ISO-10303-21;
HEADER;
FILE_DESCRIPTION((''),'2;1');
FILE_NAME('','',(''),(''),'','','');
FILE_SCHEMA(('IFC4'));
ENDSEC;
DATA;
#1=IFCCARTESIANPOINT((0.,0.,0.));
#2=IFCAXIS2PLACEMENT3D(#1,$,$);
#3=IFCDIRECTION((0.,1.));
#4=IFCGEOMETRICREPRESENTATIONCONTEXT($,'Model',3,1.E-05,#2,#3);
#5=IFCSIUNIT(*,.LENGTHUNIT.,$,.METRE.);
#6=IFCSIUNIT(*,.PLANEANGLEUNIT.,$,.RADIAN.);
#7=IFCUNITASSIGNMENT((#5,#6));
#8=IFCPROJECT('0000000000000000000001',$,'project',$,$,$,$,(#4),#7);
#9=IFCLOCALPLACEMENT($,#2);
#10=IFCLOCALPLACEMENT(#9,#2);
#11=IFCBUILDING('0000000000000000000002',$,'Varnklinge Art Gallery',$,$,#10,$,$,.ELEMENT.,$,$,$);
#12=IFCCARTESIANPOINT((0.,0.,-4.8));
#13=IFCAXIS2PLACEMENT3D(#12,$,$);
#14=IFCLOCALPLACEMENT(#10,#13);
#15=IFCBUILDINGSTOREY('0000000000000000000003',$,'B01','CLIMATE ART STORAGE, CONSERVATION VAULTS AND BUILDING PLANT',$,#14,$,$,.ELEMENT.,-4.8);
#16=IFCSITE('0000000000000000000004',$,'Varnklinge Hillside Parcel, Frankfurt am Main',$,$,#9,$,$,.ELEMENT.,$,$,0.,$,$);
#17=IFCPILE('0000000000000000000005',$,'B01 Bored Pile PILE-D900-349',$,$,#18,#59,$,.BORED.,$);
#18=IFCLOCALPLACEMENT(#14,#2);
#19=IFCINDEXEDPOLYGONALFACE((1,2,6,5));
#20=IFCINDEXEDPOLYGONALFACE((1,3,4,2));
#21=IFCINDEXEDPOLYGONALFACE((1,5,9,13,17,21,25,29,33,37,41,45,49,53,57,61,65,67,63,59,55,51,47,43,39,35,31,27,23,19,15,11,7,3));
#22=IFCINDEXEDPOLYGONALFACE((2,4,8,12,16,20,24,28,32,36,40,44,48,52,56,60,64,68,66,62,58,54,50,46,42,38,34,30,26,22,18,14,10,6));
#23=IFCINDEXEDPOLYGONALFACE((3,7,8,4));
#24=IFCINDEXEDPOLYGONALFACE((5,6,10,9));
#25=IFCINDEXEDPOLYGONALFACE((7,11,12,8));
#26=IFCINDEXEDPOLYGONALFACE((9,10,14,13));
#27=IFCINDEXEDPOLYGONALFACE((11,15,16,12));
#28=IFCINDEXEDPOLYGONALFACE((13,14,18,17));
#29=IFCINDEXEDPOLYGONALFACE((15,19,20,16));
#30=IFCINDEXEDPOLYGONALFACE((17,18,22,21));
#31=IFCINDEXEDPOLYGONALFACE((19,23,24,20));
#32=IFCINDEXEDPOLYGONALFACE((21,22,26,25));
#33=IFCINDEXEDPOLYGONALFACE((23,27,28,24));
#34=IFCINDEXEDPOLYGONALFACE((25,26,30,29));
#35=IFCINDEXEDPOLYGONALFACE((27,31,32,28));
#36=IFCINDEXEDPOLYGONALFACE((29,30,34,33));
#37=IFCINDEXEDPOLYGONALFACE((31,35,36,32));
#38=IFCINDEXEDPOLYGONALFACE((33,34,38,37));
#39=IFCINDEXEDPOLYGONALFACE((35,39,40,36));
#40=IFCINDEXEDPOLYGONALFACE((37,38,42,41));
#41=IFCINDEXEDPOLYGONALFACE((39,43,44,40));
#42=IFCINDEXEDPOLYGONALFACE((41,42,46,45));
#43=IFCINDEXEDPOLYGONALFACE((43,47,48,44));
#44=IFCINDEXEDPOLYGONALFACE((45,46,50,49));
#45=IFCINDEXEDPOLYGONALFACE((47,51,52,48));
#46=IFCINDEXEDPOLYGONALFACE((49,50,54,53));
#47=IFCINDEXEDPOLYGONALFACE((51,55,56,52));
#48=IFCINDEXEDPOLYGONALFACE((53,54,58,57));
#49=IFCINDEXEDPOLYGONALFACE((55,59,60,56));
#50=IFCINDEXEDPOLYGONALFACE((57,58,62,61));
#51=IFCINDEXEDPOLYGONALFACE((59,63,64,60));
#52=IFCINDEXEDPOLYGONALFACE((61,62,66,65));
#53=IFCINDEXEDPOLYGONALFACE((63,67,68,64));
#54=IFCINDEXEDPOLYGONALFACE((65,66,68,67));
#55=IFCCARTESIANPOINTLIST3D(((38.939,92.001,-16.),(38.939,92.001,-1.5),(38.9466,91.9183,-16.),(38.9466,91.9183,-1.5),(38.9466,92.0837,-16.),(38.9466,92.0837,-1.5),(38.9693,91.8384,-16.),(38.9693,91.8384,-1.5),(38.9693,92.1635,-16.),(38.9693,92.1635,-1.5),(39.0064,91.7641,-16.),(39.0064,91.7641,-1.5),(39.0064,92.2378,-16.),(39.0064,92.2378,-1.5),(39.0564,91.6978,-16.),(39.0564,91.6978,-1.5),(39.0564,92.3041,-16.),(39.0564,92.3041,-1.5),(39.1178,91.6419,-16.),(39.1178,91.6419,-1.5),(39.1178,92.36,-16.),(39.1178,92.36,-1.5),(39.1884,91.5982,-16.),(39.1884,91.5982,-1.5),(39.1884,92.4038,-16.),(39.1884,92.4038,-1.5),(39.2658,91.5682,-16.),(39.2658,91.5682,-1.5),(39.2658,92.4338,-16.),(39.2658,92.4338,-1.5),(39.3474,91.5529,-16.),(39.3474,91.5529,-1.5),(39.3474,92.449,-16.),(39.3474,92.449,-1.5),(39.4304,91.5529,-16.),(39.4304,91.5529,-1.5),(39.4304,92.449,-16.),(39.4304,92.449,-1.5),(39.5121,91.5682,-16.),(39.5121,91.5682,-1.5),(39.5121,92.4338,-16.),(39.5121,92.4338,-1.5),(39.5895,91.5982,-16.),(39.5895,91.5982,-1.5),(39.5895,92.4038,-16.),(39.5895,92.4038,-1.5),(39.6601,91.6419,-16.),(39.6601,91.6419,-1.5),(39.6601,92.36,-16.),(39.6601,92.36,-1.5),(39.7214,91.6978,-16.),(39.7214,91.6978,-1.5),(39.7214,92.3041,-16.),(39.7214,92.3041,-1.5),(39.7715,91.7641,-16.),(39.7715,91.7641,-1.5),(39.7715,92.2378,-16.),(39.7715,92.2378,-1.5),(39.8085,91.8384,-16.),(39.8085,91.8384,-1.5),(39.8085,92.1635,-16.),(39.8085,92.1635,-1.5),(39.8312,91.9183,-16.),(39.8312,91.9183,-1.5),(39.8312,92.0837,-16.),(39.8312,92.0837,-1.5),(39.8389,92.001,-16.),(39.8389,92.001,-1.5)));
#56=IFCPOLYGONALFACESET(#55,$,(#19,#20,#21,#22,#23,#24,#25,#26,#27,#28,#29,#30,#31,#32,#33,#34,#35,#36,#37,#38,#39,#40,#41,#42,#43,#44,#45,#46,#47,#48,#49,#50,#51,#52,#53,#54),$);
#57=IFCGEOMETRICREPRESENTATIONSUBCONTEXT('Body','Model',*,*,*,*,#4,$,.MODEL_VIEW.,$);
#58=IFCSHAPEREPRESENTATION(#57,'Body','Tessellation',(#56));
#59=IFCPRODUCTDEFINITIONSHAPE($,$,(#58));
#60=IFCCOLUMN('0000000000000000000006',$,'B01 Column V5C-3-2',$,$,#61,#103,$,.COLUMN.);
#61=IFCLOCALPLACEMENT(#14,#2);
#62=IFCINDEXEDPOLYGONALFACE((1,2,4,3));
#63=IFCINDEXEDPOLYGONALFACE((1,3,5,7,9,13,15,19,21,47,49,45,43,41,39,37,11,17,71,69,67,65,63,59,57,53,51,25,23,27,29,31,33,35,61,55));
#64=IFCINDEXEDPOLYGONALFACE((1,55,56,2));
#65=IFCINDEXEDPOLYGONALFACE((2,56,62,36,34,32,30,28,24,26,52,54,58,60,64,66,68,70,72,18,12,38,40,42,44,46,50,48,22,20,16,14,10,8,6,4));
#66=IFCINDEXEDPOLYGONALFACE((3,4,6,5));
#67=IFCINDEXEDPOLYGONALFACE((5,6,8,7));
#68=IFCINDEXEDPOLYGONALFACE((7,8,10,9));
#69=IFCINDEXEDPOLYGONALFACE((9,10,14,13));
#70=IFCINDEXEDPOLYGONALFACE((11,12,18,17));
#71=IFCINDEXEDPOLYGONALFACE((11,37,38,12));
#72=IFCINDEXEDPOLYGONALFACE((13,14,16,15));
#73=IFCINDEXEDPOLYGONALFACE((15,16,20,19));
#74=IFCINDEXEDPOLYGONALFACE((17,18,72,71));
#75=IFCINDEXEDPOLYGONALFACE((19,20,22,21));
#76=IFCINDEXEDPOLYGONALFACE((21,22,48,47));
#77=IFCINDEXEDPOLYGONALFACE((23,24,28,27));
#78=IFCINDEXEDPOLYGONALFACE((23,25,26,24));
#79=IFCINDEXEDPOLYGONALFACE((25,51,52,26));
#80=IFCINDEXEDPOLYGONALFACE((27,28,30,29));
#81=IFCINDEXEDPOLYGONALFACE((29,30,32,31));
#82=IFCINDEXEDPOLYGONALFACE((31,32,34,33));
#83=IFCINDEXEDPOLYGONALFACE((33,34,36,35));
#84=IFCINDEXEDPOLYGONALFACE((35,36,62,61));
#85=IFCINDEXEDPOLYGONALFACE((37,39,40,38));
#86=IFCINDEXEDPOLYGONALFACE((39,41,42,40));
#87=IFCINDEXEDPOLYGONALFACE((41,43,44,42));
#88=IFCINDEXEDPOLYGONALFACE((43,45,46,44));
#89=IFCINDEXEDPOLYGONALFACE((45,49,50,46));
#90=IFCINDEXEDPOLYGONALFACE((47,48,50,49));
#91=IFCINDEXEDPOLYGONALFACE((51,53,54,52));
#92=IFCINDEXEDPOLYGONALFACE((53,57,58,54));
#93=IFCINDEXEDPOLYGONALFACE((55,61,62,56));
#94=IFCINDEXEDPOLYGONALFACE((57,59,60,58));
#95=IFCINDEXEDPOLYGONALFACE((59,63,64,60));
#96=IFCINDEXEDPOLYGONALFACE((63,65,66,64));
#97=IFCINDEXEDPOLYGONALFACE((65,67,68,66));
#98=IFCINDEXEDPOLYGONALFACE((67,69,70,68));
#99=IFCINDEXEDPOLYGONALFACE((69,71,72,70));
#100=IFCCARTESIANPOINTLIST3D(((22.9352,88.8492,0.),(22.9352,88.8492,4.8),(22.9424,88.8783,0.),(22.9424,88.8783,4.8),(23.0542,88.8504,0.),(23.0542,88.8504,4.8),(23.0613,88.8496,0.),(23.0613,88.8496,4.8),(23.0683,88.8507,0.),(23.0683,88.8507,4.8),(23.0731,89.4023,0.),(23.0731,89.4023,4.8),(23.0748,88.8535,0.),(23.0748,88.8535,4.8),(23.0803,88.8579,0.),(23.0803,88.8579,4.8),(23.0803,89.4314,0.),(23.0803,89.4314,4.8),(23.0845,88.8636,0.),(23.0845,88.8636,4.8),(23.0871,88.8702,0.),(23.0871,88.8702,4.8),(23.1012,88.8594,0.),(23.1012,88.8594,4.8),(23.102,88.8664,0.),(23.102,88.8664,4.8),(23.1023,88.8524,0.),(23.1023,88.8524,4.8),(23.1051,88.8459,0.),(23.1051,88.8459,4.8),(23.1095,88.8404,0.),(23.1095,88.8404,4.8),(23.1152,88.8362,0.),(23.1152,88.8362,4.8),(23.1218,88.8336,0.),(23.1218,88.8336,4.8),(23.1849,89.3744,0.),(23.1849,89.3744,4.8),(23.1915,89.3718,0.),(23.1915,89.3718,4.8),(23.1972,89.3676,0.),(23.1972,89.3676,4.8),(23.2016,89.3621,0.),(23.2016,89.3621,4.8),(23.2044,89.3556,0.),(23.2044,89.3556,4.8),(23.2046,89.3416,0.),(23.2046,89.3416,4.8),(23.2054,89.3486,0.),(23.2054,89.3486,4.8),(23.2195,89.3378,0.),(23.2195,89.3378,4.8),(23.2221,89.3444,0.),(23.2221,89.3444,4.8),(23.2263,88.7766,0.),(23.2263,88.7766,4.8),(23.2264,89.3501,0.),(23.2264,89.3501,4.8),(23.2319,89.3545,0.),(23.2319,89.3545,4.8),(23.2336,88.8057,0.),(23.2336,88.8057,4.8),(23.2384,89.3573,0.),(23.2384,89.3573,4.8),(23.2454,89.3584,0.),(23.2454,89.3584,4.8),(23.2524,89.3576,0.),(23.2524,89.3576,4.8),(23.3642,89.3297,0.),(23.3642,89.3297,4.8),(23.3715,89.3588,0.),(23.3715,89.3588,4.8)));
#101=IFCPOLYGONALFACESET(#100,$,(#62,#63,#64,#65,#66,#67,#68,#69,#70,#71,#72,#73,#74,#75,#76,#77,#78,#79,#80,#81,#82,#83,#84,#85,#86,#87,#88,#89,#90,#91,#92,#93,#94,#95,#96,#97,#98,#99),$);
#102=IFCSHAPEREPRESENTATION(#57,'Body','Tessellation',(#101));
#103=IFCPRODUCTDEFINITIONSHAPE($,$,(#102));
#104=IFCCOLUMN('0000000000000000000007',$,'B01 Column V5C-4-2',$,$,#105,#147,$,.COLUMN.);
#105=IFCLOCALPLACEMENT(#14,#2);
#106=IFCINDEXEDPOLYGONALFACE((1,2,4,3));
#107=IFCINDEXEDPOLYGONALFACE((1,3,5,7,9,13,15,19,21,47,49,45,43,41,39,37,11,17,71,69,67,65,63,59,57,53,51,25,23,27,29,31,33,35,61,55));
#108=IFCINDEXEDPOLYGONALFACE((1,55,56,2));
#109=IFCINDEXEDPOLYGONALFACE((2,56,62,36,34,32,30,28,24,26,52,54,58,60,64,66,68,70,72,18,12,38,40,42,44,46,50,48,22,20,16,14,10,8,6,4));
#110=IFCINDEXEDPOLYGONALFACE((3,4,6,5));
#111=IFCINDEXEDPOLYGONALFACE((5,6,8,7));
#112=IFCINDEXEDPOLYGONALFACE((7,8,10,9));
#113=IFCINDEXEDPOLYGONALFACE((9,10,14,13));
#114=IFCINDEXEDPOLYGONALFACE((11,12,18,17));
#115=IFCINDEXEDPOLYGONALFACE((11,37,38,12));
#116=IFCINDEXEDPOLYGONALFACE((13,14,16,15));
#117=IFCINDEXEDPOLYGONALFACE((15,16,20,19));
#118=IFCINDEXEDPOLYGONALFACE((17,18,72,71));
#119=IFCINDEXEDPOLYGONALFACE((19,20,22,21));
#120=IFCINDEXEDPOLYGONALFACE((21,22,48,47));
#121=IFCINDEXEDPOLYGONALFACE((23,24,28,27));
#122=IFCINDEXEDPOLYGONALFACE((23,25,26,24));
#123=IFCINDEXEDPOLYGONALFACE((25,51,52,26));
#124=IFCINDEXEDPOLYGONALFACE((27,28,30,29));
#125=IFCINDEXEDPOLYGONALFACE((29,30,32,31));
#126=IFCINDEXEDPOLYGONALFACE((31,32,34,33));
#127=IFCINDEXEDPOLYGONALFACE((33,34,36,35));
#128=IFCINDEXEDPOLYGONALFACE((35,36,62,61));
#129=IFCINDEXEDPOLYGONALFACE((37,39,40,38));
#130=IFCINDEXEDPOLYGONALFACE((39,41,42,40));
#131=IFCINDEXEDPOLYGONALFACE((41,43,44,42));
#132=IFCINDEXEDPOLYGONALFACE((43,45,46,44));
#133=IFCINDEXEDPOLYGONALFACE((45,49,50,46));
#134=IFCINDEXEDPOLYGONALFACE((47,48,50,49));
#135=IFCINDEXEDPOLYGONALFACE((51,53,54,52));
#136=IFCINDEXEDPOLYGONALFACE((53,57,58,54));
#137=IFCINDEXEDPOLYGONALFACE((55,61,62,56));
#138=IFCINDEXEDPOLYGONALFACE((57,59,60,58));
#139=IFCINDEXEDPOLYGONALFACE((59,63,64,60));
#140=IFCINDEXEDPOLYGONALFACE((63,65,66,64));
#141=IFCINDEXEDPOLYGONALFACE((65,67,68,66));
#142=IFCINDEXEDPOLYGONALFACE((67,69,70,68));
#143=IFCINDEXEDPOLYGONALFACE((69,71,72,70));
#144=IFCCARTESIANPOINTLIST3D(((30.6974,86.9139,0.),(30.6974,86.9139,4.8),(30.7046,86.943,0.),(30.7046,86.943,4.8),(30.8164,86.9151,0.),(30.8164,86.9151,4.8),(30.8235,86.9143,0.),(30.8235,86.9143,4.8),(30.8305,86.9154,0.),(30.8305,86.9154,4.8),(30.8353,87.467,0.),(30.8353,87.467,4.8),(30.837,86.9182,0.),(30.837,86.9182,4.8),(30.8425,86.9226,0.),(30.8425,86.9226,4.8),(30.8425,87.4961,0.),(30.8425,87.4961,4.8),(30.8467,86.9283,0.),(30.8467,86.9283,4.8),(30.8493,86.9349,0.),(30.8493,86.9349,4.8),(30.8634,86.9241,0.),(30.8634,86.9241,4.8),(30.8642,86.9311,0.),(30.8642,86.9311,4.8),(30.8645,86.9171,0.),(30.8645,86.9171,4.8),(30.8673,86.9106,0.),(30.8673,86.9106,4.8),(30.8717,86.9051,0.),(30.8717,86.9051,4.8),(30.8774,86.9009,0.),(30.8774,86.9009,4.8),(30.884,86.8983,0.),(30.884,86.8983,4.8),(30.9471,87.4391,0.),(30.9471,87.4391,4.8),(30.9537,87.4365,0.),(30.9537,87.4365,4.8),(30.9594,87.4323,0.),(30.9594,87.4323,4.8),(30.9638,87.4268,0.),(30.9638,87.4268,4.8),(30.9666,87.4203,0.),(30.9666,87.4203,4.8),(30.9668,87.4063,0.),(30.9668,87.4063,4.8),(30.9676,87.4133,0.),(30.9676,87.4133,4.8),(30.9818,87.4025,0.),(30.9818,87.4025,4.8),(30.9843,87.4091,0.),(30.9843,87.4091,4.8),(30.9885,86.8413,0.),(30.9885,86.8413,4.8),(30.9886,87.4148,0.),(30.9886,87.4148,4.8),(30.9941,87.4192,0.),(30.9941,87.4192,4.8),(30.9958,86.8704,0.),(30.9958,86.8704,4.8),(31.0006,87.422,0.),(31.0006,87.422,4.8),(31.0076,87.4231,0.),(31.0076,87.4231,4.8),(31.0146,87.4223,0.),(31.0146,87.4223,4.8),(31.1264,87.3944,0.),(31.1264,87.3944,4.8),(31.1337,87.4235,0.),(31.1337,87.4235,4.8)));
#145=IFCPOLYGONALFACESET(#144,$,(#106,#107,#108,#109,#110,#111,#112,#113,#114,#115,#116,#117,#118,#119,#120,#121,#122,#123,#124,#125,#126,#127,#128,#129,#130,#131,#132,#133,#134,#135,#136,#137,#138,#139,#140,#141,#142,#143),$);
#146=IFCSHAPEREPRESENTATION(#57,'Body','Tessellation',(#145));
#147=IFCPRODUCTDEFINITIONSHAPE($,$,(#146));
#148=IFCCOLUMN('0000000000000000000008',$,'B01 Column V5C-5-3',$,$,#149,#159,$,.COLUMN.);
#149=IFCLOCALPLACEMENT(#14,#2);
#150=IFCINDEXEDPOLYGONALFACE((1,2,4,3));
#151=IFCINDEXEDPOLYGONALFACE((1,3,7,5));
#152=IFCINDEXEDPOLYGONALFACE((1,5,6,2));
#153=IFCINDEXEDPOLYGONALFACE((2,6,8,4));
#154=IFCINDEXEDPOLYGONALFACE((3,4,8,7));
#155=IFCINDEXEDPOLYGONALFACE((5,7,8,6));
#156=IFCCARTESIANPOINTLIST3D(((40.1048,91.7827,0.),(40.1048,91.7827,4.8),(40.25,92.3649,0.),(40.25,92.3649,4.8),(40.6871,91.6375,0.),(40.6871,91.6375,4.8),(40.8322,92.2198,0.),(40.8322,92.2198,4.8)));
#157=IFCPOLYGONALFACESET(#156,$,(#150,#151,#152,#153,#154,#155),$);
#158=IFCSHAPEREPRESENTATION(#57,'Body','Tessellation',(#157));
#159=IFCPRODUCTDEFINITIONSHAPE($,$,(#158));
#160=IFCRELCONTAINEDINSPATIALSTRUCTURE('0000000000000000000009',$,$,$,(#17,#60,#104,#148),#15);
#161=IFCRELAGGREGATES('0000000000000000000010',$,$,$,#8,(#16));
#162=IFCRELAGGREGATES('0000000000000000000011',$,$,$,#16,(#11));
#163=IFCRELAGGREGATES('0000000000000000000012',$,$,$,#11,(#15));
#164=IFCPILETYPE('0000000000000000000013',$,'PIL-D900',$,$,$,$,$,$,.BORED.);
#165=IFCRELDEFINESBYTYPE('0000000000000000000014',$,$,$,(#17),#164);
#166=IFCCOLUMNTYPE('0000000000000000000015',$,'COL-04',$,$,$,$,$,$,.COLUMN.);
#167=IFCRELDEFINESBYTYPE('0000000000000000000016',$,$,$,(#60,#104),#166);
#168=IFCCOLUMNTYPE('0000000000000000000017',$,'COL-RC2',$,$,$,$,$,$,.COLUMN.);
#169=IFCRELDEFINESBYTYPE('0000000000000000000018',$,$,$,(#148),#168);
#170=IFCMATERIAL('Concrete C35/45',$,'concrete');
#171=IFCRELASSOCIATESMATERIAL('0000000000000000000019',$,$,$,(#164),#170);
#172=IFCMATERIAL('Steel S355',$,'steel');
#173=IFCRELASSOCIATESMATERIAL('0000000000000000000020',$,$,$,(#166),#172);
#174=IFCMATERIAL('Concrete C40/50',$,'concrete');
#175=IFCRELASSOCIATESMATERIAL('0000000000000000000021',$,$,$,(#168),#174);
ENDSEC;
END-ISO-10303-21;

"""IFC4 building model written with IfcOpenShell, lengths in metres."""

from ifc_helpers import new_model, si_unit, direction, frame, origin, origin_2d, place, context, subcontext, project, spatial, rectangle, circle, i_section, extrude, material, material_profile, profile_set, type_object, element, save


model = new_model("IFC4")

# Units and contexts
model_context = context("Model", 3, precision=1e-05, world=origin(), true_north=direction((0.0, 1.0)))
body_context = subcontext(model_context, "Body", "Model", "MODEL_VIEW")
ifc_project = project(units=[si_unit("LENGTHUNIT", "METRE"), si_unit("PLANEANGLEUNIT", "RADIAN")], contexts=[model_context])

# Site, building, storey
site_placement = place(None, origin())
site = spatial("IfcSite", under=ifc_project, at=site_placement, Name="Varnklinge Hillside Parcel, Frankfurt am Main", CompositionType="ELEMENT", RefElevation=0.0)
building_placement = place(site_placement, origin())
building = spatial("IfcBuilding", under=site, at=building_placement, Name="Varnklinge Art Gallery", CompositionType="ELEMENT")
storey_placement = place(building_placement, frame((0.0, 0.0, -4.8)))
storey = spatial("IfcBuildingStorey", under=building, at=storey_placement, Name="B01", Description="CLIMATE ART STORAGE, CONSERVATION VAULTS AND BUILDING PLANT", CompositionType="ELEMENT", Elevation=-4.8)

# Pile
ifc_material_1 = material(Name="Concrete C35/45", Category="concrete")
ifc_material_profile_1 = material_profile(ifc_material_1, circle(Radius=0.45, at=origin_2d()), Name="PILE D900")
ifc_profile_set_1 = profile_set([ifc_material_profile_1], Name="Concrete C35/45")
pile_type = type_object("IfcPileType", Name="PIL-D900", PredefinedType="BORED", material=ifc_profile_set_1)
for number, where, z_axis, x_axis, name in (
    (1, (39.3889, 92.001, -1.5), (0.0, 0.0, -1.0), (1.0, 0.0, 0.0), "B01 Bored Pile PILE-D900-349"),
):
    element("IfcPile", number, at=place(storey_placement, frame(where, z_axis=z_axis, x_axis=x_axis)), inside=storey, type_object=pile_type, Name=name, PredefinedType="BORED", context=body_context, shape_type="SweptSolid", body=[
        extrude(circle(Radius=0.45, at=origin_2d()), origin(), (0.0, 0.0, 1.0), 14.5),
    ])

# Columns
ifc_material_2 = material(Name="Steel S355", Category="steel")
ifc_material_profile_2 = material_profile(ifc_material_2, i_section(OverallWidth=0.3, OverallDepth=0.6001, WebThickness=0.0154, FlangeThickness=0.03, FilletRadius=0.0271, at=origin_2d()), Name="HEB 600")
ifc_profile_set_2 = profile_set([ifc_material_profile_2], Name="Steel S355")
column_type_1 = type_object("IfcColumnType", Name="COL-04", PredefinedType="COLUMN", material=ifc_profile_set_2)
for number, where, z_axis, x_axis, name in (
    (2, (23.1533, 89.104, 0.0), (0.0, 0.0, 1.0), (0.970296, -0.241922, 0.0), "B01 Column V5C-3-2"),
    (3, (30.9155, 87.1687, 0.0), (0.0, 0.0, 1.0), (0.970296, -0.241922, 0.0), "B01 Column V5C-4-2"),
):
    element("IfcColumn", number, at=place(storey_placement, frame(where, z_axis=z_axis, x_axis=x_axis)), inside=storey, type_object=column_type_1, Name=name, PredefinedType="COLUMN", context=body_context, shape_type="SweptSolid", body=[
        extrude(i_section(OverallWidth=0.3, OverallDepth=0.6001, WebThickness=0.0154, FlangeThickness=0.03, FilletRadius=0.0271, at=origin_2d()), origin(), (0.0, 0.0, 1.0), 4.8),
    ])
ifc_material_3 = material(Name="Concrete C40/50", Category="concrete")
ifc_material_profile_3 = material_profile(ifc_material_3, rectangle(XDim=0.6001, YDim=0.6001, at=origin_2d()), Name="RC 600x600")
ifc_profile_set_3 = profile_set([ifc_material_profile_3], Name="Concrete C40/50")
column_type_2 = type_object("IfcColumnType", Name="COL-RC2", PredefinedType="COLUMN", material=ifc_profile_set_3)
column_placement = place(storey_placement, frame((40.4685, 92.0012, 0.0), z_axis=(0.0, 0.0, 1.0), x_axis=(0.970296, -0.241922, 0.0)))
element("IfcColumn", 4, at=column_placement, inside=storey, type_object=column_type_2, Name="B01 Column V5C-5-3", PredefinedType="COLUMN", context=body_context, shape_type="SweptSolid", body=[
    extrude(rectangle(XDim=0.6001, YDim=0.6001, at=origin_2d()), origin(), (0.0, 0.0, 1.0), 4.8),
])

save(model, "model.ifc")
